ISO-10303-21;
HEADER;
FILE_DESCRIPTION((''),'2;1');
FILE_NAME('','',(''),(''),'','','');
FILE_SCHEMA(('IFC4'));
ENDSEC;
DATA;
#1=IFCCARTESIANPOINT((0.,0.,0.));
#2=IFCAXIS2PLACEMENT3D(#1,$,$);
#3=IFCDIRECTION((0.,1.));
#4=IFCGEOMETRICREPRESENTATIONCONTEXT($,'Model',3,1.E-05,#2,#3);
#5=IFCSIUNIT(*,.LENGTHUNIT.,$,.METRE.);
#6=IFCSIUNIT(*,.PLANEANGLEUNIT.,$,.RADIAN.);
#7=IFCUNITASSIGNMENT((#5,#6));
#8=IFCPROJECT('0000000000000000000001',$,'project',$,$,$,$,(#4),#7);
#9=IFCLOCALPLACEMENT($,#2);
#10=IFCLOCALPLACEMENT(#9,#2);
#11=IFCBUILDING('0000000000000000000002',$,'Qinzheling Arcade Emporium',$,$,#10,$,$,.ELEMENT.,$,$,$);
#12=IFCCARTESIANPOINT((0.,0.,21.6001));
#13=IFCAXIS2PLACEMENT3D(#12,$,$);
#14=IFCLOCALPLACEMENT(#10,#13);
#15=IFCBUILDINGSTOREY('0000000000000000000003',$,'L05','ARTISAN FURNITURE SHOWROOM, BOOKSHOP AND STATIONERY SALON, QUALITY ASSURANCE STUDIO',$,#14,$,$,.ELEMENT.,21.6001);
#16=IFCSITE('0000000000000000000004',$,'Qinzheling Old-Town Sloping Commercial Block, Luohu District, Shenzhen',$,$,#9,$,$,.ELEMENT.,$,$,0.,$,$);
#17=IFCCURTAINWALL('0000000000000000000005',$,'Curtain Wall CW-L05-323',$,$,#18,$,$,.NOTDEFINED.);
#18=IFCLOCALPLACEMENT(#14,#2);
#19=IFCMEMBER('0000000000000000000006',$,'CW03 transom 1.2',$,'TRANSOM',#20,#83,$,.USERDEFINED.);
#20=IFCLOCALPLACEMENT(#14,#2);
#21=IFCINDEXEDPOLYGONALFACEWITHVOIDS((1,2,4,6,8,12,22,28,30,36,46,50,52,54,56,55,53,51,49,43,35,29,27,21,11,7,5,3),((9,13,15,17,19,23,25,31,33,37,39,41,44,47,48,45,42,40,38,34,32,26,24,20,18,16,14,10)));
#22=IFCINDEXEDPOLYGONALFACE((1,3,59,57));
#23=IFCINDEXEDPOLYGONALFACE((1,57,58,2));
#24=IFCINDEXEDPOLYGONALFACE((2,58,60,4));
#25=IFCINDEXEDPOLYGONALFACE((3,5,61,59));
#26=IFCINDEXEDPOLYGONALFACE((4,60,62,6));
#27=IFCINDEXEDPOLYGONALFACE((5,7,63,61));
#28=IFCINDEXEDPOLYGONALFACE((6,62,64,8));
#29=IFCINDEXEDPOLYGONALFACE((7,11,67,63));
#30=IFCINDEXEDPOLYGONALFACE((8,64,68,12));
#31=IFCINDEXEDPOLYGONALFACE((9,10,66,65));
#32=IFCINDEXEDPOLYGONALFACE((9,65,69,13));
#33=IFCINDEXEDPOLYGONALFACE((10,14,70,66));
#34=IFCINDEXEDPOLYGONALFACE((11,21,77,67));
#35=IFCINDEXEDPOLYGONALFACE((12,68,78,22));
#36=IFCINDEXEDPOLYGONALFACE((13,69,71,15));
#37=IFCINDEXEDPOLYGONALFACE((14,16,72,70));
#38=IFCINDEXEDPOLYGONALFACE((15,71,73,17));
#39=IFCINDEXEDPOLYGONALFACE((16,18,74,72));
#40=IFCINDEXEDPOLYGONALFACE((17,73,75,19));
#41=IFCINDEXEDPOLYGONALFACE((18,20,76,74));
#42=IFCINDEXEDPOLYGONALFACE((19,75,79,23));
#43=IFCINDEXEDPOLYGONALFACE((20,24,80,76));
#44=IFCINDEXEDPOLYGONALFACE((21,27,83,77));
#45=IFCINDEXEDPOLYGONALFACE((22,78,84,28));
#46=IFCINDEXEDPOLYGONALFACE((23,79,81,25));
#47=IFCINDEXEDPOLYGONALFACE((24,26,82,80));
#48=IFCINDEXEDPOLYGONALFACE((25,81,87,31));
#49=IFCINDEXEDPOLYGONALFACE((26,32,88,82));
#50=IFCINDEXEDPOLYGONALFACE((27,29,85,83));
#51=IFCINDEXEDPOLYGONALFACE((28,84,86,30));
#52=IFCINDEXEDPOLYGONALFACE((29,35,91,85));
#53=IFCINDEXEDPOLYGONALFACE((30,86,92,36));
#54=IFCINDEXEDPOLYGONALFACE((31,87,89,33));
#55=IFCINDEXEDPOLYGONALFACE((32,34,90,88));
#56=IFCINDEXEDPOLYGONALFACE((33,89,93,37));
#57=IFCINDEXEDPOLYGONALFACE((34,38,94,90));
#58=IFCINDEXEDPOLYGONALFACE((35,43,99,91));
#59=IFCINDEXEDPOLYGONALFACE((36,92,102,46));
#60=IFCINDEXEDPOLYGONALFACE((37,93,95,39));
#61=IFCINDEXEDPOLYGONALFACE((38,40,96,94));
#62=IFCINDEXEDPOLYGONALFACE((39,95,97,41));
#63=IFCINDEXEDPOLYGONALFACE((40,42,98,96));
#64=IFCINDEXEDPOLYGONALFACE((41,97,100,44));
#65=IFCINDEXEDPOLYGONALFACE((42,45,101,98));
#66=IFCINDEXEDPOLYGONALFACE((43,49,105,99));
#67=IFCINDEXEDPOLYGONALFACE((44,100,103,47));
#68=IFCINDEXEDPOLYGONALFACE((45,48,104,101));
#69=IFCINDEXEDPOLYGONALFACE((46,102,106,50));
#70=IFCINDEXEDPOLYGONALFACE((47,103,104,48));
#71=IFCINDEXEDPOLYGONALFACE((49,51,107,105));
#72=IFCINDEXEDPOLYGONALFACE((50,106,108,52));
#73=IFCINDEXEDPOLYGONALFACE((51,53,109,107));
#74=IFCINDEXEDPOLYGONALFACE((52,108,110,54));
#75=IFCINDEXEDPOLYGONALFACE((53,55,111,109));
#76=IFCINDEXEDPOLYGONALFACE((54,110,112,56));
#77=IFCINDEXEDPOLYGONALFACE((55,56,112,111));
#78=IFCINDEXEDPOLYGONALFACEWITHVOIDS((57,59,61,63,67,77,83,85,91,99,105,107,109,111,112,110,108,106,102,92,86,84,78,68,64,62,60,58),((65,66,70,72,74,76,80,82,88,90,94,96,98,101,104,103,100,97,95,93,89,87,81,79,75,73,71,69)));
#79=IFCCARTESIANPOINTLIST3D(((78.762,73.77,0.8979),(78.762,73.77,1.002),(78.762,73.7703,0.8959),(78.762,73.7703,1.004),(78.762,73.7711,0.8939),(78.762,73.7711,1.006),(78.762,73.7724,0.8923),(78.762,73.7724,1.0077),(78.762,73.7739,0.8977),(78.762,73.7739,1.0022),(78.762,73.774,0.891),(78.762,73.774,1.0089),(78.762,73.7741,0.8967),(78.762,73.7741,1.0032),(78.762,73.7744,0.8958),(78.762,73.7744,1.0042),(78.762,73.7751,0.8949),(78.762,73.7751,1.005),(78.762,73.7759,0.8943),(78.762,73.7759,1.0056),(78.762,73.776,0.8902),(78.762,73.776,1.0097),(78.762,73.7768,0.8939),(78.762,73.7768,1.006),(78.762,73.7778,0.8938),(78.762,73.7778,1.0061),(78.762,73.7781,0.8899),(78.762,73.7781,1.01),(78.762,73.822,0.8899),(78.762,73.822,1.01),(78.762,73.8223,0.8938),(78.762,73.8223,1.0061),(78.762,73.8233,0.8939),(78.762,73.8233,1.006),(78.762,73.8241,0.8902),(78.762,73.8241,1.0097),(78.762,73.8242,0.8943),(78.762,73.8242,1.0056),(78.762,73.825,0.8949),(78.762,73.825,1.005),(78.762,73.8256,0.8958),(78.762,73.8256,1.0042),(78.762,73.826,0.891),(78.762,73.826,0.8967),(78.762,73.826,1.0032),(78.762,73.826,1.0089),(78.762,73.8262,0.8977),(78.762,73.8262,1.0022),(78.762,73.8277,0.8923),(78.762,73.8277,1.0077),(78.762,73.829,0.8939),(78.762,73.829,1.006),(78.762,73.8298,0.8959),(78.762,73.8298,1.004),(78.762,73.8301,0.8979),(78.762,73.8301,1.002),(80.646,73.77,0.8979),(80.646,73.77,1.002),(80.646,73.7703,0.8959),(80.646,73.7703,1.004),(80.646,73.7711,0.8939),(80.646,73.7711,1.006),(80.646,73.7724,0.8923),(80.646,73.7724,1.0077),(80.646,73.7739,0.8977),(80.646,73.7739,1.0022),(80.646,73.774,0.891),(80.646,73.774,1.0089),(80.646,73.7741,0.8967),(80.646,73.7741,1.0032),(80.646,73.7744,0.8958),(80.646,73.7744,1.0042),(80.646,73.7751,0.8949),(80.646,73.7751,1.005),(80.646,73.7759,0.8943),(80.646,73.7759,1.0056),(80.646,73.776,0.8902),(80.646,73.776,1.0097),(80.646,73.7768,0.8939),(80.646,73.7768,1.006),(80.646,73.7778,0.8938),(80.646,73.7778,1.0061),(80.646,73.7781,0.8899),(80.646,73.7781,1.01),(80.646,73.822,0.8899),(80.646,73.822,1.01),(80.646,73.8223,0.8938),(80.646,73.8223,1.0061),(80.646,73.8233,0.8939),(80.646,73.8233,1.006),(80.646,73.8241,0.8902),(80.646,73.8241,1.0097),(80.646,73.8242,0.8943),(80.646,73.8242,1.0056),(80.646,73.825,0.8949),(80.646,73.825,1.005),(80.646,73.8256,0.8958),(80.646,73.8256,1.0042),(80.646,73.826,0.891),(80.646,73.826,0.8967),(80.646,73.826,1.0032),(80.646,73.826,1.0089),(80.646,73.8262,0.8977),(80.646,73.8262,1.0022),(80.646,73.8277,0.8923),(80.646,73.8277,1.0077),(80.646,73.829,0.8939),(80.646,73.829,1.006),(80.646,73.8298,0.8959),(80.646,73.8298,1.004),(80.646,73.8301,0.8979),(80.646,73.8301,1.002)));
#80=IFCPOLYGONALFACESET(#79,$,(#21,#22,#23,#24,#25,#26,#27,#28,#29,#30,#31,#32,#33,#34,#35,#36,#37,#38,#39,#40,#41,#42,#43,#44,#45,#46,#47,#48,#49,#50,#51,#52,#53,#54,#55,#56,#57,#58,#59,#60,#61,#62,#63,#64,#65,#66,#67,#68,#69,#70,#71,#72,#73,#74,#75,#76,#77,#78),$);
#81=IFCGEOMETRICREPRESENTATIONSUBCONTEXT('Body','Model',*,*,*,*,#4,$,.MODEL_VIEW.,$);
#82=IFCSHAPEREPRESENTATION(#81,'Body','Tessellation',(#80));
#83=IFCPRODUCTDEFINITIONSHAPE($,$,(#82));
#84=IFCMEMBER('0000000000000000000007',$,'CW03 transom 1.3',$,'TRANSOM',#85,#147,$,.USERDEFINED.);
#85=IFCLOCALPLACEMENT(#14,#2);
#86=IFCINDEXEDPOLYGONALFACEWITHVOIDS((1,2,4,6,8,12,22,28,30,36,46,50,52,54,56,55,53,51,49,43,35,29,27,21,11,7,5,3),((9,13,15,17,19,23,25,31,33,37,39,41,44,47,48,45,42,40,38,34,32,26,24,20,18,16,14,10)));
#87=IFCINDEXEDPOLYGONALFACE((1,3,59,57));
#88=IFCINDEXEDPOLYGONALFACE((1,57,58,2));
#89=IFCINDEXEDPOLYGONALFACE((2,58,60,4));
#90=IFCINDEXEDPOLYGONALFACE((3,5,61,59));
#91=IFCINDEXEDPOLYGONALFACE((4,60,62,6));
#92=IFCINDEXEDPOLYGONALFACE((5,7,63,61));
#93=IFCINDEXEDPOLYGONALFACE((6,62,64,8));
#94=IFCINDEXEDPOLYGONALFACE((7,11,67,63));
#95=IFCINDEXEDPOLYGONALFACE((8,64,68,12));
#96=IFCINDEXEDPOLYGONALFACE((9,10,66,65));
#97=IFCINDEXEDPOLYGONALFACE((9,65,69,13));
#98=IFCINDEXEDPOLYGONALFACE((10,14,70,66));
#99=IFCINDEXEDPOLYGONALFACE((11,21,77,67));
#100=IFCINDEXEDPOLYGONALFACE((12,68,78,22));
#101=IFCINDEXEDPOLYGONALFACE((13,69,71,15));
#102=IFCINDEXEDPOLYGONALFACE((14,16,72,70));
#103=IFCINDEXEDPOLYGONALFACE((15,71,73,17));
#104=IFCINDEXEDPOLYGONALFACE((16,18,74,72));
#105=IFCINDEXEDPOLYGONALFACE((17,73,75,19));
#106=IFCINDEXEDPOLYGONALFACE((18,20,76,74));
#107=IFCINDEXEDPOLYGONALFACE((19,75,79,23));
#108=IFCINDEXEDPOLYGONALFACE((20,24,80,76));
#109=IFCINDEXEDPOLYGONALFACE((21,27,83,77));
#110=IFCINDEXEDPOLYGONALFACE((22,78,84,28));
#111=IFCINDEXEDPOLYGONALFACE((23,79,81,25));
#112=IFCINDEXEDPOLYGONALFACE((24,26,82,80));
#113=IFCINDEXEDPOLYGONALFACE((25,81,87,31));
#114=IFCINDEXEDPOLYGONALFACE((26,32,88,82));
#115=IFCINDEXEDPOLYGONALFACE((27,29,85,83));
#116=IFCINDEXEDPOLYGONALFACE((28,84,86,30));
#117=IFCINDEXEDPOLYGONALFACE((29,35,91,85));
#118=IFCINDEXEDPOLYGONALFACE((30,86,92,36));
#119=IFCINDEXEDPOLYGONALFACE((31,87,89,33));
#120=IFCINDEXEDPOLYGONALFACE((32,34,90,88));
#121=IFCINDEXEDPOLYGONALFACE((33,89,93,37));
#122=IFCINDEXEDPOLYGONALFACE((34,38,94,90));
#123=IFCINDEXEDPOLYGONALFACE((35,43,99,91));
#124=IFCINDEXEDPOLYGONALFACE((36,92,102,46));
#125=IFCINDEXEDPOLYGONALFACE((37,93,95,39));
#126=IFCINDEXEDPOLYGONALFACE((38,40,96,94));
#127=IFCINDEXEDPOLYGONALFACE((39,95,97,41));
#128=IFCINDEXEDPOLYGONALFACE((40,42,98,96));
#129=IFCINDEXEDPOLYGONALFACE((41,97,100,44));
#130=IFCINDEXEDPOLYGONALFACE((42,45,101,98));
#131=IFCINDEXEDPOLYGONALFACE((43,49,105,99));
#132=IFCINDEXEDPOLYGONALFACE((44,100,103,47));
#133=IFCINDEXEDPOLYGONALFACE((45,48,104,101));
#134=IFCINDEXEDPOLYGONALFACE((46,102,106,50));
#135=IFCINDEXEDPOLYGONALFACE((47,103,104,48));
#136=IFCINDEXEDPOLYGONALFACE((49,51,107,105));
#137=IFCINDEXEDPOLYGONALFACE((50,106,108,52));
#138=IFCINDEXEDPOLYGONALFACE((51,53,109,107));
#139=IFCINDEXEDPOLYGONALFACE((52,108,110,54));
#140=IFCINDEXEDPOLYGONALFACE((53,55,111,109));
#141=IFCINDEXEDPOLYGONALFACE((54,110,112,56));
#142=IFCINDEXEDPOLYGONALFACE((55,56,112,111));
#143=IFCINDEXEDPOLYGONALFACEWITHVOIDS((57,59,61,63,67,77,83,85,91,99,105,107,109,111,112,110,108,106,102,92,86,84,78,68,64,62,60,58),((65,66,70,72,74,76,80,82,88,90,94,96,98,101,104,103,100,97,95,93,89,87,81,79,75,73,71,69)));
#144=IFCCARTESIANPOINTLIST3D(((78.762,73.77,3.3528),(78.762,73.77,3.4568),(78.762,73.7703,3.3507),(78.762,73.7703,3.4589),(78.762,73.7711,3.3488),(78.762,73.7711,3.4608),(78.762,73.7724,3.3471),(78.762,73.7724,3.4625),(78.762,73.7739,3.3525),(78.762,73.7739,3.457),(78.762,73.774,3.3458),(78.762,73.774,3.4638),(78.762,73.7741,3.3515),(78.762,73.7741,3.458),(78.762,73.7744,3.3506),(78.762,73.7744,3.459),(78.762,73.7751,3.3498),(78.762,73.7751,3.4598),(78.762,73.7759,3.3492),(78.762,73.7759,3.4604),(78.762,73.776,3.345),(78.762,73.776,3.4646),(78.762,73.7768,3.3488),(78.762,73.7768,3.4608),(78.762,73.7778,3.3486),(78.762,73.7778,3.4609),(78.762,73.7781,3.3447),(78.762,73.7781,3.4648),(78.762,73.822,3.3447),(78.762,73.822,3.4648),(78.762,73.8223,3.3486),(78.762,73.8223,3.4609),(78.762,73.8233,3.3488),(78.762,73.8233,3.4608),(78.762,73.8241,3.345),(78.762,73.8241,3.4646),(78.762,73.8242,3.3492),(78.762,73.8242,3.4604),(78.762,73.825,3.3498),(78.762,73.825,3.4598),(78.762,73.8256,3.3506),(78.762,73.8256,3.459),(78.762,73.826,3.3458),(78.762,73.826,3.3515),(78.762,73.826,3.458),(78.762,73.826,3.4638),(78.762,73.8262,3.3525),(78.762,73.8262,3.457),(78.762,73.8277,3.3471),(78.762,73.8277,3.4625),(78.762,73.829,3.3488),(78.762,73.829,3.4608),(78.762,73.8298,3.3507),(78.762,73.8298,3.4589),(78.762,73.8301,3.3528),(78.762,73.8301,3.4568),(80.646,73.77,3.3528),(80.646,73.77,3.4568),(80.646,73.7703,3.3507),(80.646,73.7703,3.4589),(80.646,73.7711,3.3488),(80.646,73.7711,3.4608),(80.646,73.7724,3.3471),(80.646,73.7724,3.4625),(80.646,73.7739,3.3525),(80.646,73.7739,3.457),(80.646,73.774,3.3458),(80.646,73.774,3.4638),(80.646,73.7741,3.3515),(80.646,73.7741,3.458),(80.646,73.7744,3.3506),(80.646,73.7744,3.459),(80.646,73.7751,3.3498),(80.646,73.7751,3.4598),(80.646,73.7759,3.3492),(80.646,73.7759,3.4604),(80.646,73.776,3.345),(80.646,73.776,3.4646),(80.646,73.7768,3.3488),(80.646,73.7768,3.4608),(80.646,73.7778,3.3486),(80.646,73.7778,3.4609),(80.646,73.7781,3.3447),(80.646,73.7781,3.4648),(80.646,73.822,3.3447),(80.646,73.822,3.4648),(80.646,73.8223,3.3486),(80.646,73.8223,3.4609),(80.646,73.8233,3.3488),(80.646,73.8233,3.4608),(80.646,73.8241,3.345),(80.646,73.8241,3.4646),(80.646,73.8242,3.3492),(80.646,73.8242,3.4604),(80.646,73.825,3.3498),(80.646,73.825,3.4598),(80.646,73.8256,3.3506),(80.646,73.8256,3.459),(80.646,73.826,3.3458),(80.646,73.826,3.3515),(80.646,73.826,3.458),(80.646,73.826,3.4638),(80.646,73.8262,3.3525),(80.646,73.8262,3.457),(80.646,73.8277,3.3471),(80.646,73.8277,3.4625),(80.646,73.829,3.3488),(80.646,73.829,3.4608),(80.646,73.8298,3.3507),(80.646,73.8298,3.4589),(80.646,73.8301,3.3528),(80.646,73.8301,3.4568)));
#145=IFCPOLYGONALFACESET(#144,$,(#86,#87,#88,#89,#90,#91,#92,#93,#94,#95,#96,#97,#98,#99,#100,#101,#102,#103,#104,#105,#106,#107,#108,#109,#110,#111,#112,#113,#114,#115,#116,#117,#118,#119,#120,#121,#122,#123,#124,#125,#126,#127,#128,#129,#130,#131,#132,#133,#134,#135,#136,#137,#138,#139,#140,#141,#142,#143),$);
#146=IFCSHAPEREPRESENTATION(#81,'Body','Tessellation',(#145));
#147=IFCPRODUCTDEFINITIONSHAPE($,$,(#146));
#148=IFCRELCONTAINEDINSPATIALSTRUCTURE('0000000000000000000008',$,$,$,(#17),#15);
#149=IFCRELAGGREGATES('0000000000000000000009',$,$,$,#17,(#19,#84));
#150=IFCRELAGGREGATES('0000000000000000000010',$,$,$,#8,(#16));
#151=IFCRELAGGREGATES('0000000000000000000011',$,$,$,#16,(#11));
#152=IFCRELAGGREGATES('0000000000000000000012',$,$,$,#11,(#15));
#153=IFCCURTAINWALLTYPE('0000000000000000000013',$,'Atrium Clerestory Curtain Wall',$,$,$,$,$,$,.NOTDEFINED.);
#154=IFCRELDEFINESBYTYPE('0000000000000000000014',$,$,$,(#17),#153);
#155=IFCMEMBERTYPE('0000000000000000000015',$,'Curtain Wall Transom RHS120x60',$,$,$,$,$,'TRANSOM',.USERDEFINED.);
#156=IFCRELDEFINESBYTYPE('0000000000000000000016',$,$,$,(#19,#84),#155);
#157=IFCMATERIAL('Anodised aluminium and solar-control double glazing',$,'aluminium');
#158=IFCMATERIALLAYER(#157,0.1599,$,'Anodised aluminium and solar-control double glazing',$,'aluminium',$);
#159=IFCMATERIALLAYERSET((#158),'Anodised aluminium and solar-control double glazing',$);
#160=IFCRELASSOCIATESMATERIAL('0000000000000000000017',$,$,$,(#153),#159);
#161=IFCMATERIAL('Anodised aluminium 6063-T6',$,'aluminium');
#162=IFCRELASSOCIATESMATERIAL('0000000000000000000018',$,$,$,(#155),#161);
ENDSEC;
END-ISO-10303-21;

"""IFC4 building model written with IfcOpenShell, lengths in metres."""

from ifc_helpers import new_model, si_unit, direction, frame, origin, origin_2d, place, context, subcontext, project, spatial, hollow_rectangle, extrude, material, layer, layer_set, material_profile, profile_set, type_object, element, aggregate, save


model = new_model("IFC4")

# Units and contexts
model_context = context("Model", 3, precision=1e-05, world=origin(), true_north=direction((0.0, 1.0)))
body_context = subcontext(model_context, "Body", "Model", "MODEL_VIEW")
ifc_project = project(units=[si_unit("LENGTHUNIT", "METRE"), si_unit("PLANEANGLEUNIT", "RADIAN")], contexts=[model_context])

# Site, building, storey
site_placement = place(None, origin())
site = spatial("IfcSite", under=ifc_project, at=site_placement, Name="Qinzheling Old-Town Sloping Commercial Block, Luohu District, Shenzhen", CompositionType="ELEMENT", RefElevation=0.0)
building_placement = place(site_placement, origin())
building = spatial("IfcBuilding", under=site, at=building_placement, Name="Qinzheling Arcade Emporium", CompositionType="ELEMENT")
storey_placement = place(building_placement, frame((0.0, 0.0, 21.6001)))
storey = spatial("IfcBuildingStorey", under=building, at=storey_placement, Name="L05", Description="ARTISAN FURNITURE SHOWROOM, BOOKSHOP AND STATIONERY SALON, QUALITY ASSURANCE STUDIO", CompositionType="ELEMENT", Elevation=21.6001)

# Curtain wall
ifc_material_1 = material(Name="Anodised aluminium and solar-control double glazing", Category="aluminium")
ifc_layer_1 = layer(ifc_material_1, 0.1599, Name="Anodised aluminium and solar-control double glazing", Category="aluminium")
ifc_layer_set_1 = layer_set([ifc_layer_1], Name="Anodised aluminium and solar-control double glazing")
curtain_wall_type = type_object("IfcCurtainWallType", Name="Atrium Clerestory Curtain Wall", PredefinedType="NOTDEFINED", material=ifc_layer_set_1)
ifc_material_2 = material(Name="Anodised aluminium 6063-T6", Category="aluminium")
curtain_wall_1_placement = place(storey_placement, origin())
curtain_wall_1 = element("IfcCurtainWall", 1, at=curtain_wall_1_placement, inside=storey, type_object=curtain_wall_type, Name="Curtain Wall CW-L05-323", PredefinedType="NOTDEFINED")

# Members
ifc_material_profile_1 = material_profile(ifc_material_2, hollow_rectangle(XDim=0.0601, YDim=0.1201, WallThickness=0.0039, InnerFilletRadius=0.0039, OuterFilletRadius=0.0081, at=origin_2d()), Name="RHS 120x60x4", Category="aluminium")
ifc_profile_set_1 = profile_set([ifc_material_profile_1], Name="Anodised aluminium 6063-T6")
member_type_1 = type_object("IfcMemberType", Name="Curtain Wall Transom RHS120x60", ElementType="TRANSOM", PredefinedType="USERDEFINED", material=ifc_profile_set_1)
member_1_placement = place(storey_placement, frame((78.762, 73.8, 0.95), z_axis=(1.0, 0.0, 0.0), x_axis=(0.0, 1.0, 0.0)))
member_1 = element("IfcMember", 2, at=member_1_placement, type_object=member_type_1, Name="CW03 transom 1.2", ObjectType="TRANSOM", PredefinedType="USERDEFINED", context=body_context, shape_type="SweptSolid", body=[
    extrude(hollow_rectangle(XDim=0.0601, YDim=0.1201, WallThickness=0.0039, InnerFilletRadius=0.0039, OuterFilletRadius=0.0081, at=origin_2d()), origin(), (0.0, 0.0, 1.0), 1.884),
])
member_2_placement = place(storey_placement, frame((78.762, 73.8, 3.4048), z_axis=(1.0, 0.0, 0.0), x_axis=(0.0, 1.0, 0.0)))
member_2 = element("IfcMember", 3, at=member_2_placement, type_object=member_type_1, Name="CW03 transom 1.3", ObjectType="TRANSOM", PredefinedType="USERDEFINED", context=body_context, shape_type="SweptSolid", body=[
    extrude(hollow_rectangle(XDim=0.0601, YDim=0.1201, WallThickness=0.0039, InnerFilletRadius=0.0039, OuterFilletRadius=0.0081, at=origin_2d()), origin(), (0.0, 0.0, 1.0), 1.884),
])

aggregate(curtain_wall_1, [member_1, member_2])

save(model, "model.ifc")
